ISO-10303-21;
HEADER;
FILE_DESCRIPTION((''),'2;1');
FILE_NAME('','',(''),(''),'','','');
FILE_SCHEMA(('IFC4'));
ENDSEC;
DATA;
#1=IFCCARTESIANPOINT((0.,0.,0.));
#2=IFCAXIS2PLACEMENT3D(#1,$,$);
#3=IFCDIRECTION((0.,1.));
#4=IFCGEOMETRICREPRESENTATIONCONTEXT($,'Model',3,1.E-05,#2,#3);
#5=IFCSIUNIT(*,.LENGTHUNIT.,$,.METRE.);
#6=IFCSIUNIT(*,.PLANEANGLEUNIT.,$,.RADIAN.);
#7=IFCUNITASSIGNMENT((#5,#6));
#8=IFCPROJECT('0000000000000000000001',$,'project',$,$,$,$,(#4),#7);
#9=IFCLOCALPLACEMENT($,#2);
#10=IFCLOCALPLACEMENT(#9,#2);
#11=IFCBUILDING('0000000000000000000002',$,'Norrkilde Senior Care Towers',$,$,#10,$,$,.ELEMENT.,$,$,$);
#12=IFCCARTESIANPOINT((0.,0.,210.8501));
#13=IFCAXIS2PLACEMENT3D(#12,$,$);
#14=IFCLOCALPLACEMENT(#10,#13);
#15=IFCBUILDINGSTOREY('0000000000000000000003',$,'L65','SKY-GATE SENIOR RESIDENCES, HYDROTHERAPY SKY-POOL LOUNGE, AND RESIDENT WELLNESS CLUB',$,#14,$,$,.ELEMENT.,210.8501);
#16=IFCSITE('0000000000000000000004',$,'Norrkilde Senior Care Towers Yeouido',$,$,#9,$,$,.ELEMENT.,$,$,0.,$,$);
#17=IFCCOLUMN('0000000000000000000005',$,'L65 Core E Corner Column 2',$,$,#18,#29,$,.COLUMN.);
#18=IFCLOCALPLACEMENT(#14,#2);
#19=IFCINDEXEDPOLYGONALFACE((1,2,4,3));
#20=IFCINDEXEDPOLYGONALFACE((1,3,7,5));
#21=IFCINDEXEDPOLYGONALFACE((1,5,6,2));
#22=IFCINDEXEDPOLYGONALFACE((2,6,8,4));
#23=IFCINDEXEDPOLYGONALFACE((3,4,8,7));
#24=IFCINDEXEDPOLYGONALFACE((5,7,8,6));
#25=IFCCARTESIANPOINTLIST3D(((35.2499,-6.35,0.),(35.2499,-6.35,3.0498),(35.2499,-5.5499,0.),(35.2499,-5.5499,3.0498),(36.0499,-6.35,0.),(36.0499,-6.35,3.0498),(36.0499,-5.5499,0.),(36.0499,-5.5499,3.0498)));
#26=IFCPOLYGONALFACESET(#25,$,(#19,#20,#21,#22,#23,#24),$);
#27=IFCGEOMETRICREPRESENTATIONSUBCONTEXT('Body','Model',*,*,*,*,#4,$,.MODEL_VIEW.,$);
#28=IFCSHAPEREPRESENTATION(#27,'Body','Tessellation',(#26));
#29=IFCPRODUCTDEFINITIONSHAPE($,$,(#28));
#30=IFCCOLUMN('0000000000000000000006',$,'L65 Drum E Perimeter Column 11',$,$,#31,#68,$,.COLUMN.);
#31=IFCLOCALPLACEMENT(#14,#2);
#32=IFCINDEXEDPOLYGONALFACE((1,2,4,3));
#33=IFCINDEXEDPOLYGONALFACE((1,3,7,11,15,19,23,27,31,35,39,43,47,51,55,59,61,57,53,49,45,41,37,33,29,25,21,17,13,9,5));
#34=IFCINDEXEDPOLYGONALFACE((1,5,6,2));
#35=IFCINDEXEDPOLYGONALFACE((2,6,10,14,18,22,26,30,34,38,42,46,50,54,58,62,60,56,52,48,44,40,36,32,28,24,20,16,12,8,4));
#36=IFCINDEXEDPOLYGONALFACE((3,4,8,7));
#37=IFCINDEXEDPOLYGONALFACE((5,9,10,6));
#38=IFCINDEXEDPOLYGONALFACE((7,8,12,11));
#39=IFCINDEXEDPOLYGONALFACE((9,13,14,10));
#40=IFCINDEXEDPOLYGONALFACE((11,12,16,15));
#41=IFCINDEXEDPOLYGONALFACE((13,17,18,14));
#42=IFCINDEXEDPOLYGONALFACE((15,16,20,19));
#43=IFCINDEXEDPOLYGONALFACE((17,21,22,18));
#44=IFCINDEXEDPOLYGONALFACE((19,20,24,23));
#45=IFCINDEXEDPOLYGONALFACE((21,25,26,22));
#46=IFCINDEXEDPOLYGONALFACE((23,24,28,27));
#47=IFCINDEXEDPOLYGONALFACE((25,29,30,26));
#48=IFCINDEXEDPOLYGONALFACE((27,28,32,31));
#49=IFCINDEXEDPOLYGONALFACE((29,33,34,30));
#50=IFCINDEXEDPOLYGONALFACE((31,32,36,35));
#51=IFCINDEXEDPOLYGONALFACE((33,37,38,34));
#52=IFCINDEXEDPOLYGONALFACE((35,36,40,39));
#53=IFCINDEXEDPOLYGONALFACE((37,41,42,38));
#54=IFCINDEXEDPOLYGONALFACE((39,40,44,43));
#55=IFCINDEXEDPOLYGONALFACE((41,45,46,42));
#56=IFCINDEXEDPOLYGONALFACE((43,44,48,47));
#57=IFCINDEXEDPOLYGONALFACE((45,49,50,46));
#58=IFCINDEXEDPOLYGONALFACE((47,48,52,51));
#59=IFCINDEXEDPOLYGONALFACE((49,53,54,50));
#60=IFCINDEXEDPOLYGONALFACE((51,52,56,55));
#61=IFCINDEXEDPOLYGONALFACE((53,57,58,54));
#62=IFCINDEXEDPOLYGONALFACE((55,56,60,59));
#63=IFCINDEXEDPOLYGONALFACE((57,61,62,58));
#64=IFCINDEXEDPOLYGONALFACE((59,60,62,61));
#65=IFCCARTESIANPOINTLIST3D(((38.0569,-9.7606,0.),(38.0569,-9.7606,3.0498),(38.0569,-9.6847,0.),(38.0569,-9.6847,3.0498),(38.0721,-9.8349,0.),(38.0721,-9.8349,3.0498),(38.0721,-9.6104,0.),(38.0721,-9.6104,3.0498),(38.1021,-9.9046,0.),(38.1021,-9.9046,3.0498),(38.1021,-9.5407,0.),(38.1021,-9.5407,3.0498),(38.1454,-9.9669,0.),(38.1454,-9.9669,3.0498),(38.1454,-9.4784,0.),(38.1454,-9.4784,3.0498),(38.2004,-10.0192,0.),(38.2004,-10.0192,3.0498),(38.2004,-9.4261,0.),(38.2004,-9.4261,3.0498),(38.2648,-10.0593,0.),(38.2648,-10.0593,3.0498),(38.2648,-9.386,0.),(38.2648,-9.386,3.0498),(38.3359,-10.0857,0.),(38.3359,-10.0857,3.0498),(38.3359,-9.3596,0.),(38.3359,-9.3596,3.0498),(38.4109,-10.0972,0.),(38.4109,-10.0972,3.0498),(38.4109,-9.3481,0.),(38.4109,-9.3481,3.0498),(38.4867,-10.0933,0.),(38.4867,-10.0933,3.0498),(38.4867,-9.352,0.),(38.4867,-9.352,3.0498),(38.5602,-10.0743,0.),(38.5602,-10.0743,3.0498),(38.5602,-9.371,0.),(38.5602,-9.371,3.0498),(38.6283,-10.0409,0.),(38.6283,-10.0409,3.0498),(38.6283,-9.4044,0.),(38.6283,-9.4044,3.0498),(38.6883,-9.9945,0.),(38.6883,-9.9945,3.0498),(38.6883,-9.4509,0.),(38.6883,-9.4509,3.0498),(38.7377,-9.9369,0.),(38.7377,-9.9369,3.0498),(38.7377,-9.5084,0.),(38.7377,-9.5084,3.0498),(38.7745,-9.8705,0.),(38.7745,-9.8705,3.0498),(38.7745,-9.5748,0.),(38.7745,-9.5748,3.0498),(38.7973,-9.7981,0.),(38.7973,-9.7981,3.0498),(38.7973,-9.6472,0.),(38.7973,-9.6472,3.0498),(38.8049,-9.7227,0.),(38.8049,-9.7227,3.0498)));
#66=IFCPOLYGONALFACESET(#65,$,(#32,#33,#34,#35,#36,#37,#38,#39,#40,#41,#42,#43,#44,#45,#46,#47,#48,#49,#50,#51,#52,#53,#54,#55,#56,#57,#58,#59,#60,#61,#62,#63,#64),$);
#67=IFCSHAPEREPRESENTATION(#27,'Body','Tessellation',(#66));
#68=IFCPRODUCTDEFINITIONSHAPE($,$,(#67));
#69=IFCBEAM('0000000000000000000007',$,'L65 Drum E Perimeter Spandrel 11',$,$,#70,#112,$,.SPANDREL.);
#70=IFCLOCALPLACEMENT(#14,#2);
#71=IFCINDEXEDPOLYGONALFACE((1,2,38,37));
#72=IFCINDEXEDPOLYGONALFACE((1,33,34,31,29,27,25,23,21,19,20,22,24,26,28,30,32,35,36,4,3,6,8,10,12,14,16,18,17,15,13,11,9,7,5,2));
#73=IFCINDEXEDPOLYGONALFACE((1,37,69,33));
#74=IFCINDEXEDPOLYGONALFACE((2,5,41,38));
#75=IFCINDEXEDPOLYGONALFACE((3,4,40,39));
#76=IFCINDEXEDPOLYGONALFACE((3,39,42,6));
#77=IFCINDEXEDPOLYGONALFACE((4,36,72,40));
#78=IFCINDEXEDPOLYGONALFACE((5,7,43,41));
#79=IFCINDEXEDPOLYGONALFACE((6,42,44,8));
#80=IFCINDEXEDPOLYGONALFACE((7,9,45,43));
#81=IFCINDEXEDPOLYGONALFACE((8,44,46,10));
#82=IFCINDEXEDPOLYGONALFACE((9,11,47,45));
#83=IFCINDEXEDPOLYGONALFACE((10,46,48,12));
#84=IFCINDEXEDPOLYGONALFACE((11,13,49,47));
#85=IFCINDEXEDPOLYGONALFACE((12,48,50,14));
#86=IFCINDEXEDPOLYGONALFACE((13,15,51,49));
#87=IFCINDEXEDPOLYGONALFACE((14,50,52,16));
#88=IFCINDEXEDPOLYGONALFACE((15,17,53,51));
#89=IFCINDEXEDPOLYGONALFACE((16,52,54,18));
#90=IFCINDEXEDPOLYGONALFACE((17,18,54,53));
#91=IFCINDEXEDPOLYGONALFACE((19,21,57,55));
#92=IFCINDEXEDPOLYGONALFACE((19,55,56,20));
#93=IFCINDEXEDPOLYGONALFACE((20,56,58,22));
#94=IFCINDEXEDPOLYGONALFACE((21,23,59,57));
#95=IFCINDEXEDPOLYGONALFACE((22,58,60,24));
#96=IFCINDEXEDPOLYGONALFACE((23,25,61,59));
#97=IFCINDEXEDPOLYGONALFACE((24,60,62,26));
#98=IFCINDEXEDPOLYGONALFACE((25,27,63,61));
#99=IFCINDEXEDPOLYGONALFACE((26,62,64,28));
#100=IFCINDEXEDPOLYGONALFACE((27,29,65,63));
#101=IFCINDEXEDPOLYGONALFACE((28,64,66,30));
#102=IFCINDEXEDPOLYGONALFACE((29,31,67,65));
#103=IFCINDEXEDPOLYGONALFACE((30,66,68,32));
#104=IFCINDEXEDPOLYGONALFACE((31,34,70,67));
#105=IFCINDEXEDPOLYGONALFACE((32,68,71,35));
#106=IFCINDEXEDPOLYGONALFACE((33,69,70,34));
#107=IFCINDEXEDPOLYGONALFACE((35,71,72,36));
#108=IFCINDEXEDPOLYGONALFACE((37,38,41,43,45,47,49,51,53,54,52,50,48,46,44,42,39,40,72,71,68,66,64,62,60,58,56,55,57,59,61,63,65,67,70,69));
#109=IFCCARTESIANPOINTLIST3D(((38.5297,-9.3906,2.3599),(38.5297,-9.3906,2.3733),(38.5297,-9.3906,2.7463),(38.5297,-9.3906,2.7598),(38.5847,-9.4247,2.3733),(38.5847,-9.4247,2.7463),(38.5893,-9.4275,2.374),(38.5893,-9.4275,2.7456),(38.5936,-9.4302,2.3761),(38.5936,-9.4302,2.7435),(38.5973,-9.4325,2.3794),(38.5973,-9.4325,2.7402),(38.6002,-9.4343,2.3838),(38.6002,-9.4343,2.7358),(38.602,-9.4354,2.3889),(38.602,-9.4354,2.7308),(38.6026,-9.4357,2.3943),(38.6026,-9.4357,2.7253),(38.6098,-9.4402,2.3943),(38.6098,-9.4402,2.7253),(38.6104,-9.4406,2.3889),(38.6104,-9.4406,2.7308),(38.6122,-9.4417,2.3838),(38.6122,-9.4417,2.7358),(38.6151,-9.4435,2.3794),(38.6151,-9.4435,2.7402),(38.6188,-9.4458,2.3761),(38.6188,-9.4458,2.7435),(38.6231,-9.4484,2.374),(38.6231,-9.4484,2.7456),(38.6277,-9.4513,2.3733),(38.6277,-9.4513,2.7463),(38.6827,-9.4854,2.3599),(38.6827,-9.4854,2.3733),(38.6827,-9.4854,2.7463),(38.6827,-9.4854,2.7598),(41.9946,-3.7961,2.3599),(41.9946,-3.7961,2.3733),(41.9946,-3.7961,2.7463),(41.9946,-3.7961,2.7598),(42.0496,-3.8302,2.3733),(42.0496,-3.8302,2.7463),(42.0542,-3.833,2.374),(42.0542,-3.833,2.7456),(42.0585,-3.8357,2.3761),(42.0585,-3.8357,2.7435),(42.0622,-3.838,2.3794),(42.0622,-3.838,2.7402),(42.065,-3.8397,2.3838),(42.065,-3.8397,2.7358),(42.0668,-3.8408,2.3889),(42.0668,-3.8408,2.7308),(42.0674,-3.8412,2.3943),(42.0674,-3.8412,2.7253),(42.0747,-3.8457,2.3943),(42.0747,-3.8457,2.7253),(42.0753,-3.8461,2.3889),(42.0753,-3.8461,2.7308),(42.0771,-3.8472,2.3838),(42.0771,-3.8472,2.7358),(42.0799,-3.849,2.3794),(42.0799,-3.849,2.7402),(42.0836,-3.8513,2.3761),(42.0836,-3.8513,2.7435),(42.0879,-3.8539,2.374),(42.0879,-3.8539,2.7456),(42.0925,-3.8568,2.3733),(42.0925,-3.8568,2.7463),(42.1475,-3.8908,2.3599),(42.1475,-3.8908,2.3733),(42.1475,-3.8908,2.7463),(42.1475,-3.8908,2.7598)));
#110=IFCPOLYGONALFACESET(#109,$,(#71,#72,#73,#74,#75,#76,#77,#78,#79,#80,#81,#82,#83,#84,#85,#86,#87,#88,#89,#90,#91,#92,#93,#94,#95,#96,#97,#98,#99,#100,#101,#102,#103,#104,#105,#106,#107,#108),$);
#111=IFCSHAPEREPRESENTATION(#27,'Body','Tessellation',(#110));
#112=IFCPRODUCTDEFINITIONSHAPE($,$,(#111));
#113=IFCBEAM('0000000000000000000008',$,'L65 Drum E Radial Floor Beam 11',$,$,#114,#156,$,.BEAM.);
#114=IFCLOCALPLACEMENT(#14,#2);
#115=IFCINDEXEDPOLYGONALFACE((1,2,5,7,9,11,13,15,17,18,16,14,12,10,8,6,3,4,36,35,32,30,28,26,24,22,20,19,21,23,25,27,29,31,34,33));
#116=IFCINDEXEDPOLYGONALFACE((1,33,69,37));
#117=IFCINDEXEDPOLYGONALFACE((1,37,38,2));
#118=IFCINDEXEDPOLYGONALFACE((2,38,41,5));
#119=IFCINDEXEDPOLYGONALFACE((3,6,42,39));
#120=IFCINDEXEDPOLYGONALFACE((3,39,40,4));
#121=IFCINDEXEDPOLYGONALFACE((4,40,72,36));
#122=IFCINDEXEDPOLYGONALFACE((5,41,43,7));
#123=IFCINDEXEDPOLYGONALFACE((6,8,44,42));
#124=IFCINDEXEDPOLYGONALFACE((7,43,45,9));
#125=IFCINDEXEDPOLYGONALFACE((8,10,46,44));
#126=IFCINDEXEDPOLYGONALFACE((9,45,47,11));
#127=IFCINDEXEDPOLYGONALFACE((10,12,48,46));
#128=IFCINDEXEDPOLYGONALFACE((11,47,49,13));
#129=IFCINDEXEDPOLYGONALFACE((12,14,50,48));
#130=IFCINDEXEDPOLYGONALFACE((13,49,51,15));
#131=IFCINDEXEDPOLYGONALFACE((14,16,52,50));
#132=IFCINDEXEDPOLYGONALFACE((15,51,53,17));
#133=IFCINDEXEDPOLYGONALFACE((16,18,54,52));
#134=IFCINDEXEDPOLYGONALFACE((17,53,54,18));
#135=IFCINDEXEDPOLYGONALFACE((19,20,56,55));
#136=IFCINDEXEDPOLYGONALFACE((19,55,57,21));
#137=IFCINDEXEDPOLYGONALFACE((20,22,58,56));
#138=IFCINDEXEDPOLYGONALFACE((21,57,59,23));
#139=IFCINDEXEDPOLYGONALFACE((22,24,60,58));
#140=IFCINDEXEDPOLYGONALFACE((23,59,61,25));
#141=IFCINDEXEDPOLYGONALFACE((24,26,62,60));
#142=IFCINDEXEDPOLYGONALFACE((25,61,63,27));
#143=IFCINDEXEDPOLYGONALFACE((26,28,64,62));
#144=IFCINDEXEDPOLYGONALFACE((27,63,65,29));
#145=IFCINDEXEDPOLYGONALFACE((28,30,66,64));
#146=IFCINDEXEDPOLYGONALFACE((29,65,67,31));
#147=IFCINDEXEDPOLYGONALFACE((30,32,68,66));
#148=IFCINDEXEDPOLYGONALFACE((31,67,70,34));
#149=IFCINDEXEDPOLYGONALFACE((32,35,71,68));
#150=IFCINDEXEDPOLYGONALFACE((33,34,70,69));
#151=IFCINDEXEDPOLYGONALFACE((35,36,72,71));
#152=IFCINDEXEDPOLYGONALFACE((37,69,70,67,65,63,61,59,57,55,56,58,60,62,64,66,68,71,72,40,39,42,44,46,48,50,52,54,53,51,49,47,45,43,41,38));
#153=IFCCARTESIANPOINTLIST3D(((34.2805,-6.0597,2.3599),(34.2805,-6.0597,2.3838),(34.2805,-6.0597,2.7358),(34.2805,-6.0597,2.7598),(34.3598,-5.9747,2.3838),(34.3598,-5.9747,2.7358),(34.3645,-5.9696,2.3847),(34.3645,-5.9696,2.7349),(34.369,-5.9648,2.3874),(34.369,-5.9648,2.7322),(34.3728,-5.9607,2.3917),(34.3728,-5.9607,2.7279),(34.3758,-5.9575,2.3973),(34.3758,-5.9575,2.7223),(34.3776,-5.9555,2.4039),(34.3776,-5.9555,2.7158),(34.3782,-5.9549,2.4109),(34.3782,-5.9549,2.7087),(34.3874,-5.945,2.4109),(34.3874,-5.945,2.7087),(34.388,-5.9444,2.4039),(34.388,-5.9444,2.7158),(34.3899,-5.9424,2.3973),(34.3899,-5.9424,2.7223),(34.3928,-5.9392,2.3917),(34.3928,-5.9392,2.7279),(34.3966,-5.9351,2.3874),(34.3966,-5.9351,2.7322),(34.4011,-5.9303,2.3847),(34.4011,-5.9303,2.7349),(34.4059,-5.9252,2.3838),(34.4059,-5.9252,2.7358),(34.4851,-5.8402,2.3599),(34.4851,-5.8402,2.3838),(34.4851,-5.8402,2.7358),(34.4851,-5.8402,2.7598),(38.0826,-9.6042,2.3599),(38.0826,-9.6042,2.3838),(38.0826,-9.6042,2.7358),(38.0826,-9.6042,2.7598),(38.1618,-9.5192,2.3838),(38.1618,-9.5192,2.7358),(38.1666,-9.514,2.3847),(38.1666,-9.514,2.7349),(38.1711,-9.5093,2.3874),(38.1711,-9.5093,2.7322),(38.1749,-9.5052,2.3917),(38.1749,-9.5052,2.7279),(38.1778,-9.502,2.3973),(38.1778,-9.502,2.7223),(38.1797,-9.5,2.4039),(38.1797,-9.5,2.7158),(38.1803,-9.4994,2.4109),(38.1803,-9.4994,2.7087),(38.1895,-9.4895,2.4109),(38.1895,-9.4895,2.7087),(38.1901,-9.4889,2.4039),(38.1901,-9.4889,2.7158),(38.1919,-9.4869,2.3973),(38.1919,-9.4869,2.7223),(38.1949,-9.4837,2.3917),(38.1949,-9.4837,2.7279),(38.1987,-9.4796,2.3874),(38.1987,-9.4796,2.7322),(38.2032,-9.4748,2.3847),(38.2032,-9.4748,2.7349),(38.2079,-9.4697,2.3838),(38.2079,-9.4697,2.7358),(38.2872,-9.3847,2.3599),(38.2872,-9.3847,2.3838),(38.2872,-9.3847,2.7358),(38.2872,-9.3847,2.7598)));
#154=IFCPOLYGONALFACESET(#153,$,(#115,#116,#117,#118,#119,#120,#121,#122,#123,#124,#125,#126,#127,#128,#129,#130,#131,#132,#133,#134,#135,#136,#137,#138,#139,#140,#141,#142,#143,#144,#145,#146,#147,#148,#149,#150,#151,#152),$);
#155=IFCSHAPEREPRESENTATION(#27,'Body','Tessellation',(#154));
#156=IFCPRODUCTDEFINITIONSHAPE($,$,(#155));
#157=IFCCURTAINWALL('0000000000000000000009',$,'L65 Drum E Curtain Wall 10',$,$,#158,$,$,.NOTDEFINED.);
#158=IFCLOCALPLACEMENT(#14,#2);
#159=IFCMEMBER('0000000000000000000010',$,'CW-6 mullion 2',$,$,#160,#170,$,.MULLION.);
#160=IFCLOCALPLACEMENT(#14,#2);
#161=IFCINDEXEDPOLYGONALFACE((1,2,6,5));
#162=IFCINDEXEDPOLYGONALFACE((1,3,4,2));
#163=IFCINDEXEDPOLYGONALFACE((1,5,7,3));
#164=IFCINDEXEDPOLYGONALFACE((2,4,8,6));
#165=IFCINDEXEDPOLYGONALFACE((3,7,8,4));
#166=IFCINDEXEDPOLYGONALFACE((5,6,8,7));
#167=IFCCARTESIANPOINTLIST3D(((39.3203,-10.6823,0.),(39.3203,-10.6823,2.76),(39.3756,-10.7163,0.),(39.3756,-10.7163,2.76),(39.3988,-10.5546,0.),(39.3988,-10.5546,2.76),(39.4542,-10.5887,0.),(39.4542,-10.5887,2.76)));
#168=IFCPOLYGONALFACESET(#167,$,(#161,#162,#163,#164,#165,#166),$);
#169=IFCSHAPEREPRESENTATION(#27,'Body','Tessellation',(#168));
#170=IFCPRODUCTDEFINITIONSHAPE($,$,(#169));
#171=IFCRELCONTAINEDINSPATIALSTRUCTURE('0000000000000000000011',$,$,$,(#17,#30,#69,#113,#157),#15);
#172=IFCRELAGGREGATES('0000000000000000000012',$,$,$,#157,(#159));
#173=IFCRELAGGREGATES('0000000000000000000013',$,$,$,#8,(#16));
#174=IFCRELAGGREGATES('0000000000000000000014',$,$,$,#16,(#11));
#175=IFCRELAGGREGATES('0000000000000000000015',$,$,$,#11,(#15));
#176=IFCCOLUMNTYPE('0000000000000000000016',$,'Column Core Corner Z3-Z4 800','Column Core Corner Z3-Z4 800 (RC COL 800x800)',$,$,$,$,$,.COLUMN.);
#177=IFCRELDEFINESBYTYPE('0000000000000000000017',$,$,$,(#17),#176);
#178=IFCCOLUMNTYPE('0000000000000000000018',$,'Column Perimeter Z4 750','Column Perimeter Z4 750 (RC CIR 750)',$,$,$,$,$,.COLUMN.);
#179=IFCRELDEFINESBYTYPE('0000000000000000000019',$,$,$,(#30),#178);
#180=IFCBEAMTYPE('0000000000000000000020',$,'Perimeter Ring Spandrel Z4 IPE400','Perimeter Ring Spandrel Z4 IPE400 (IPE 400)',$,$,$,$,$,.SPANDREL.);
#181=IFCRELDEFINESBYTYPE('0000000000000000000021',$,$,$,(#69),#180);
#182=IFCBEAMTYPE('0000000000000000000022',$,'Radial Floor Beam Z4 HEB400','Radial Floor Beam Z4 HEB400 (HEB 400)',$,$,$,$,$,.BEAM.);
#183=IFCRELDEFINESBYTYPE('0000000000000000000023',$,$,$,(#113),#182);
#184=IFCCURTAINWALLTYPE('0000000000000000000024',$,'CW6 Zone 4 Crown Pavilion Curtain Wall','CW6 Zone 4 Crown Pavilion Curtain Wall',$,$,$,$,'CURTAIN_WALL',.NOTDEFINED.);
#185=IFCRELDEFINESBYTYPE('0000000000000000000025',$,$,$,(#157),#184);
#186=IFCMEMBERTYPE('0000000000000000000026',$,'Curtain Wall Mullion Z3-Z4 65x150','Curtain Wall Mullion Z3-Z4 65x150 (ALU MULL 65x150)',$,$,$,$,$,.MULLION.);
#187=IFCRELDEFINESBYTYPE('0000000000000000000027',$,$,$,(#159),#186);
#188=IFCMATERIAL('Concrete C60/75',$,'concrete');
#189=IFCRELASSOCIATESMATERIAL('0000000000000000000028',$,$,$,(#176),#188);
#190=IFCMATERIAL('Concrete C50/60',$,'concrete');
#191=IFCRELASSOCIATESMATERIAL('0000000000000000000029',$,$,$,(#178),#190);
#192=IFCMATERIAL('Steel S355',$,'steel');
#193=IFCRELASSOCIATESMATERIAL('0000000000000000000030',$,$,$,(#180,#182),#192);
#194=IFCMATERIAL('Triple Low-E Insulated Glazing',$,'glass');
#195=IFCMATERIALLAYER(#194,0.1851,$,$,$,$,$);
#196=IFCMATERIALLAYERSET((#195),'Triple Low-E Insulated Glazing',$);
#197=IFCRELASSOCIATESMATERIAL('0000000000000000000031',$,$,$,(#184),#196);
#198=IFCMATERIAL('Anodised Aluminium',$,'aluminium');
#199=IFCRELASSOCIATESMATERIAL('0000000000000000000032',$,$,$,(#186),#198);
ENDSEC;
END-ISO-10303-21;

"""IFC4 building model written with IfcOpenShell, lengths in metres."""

from ifc_helpers import new_model, si_unit, direction, frame, origin, origin_2d, place, context, subcontext, project, spatial, rectangle, circle, i_section, extrude, source, transform, mapped, material, layer, layer_set, material_profile, profile_set, type_object, type_shapes, element, aggregate, save


model = new_model("IFC4")

# Units and contexts
model_context = context("Model", 3, precision=1e-05, world=origin(), true_north=direction((0.0, 1.0)))
body_context = subcontext(model_context, "Body", "Model", "MODEL_VIEW")
ifc_project = project(units=[si_unit("LENGTHUNIT", "METRE"), si_unit("PLANEANGLEUNIT", "RADIAN")], contexts=[model_context])

# Site, building, storey
site_placement = place(None, origin())
site = spatial("IfcSite", under=ifc_project, at=site_placement, Name="Norrkilde Senior Care Towers Yeouido", CompositionType="ELEMENT", RefElevation=0.0)
building_placement = place(site_placement, origin())
building = spatial("IfcBuilding", under=site, at=building_placement, Name="Norrkilde Senior Care Towers", CompositionType="ELEMENT")
storey_placement = place(building_placement, frame((0.0, 0.0, 210.8501)))
storey = spatial("IfcBuildingStorey", under=building, at=storey_placement, Name="L65", Description="SKY-GATE SENIOR RESIDENCES, HYDROTHERAPY SKY-POOL LOUNGE, AND RESIDENT WELLNESS CLUB", CompositionType="ELEMENT", Elevation=210.8501)

# Columns
ifc_material_1 = material(Name="Concrete C60/75", Category="concrete")
ifc_material_profile_1 = material_profile(ifc_material_1, rectangle(XDim=0.8, YDim=0.8, at=origin_2d()), Name="RC COL 800x800")
ifc_profile_set_1 = profile_set([ifc_material_profile_1], Name="Concrete C60/75")
column_type_1 = type_object("IfcColumnType", Name="Column Core Corner Z3-Z4 800", Description="Column Core Corner Z3-Z4 800 (RC COL 800x800)", PredefinedType="COLUMN", material=ifc_profile_set_1)
shared_shape_1 = source(origin(), body_context, "Body", "SweptSolid", [
    extrude(rectangle(XDim=0.8, YDim=0.8, at=origin_2d()), origin(), (0.0, 0.0, 1.0), 3.0498),
])
type_shapes(column_type_1, [shared_shape_1])
column_1_placement = place(storey_placement, frame((35.6499, -5.95, 0.0), z_axis=(0.0, 0.0, 1.0), x_axis=(1.0, 0.0, 0.0)))
element("IfcColumn", 1, at=column_1_placement, inside=storey, type_object=column_type_1, Name="L65 Core E Corner Column 2", PredefinedType="COLUMN", context=body_context, shape_type="MappedRepresentation", body=[
    mapped(shared_shape_1, transform((0.0, 0.0, 0.0), x_axis=(1.0, 0.0, 0.0), y_axis=(0.0, 1.0, 0.0), z_axis=(0.0, 0.0, 1.0), scale=1.0)),
])
ifc_material_2 = material(Name="Concrete C50/60", Category="concrete")
ifc_material_profile_2 = material_profile(ifc_material_2, circle(Radius=0.375, at=origin_2d()), Name="RC CIR 750")
ifc_profile_set_2 = profile_set([ifc_material_profile_2], Name="Concrete C50/60")
column_type_2 = type_object("IfcColumnType", Name="Column Perimeter Z4 750", Description="Column Perimeter Z4 750 (RC CIR 750)", PredefinedType="COLUMN", material=ifc_profile_set_2)
shared_shape_2 = source(origin(), body_context, "Body", "SweptSolid", [
    extrude(circle(Radius=0.375, at=origin_2d()), origin(), (0.0, 0.0, 1.0), 3.0498),
])
type_shapes(column_type_2, [shared_shape_2])
column_2_placement = place(storey_placement, frame((38.4299, -9.7227, 0.0), z_axis=(0.0, 0.0, 1.0), x_axis=(1.0, 0.0, 0.0)))
element("IfcColumn", 2, at=column_2_placement, inside=storey, type_object=column_type_2, Name="L65 Drum E Perimeter Column 11", PredefinedType="COLUMN", context=body_context, shape_type="MappedRepresentation", body=[
    mapped(shared_shape_2, transform((0.0, 0.0, 0.0), x_axis=(1.0, 0.0, 0.0), y_axis=(0.0, 1.0, 0.0), z_axis=(0.0, 0.0, 1.0), scale=1.0)),
])

# Beams
ifc_material_3 = material(Name="Steel S355", Category="steel")
ifc_material_profile_3 = material_profile(ifc_material_3, i_section(OverallWidth=0.1799, OverallDepth=0.3999, WebThickness=0.0085, FlangeThickness=0.0134, FilletRadius=0.021, at=origin_2d()), Name="IPE 400")
ifc_profile_set_3 = profile_set([ifc_material_profile_3], Name="Steel S355")
beam_type_1 = type_object("IfcBeamType", Name="Perimeter Ring Spandrel Z4 IPE400", Description="Perimeter Ring Spandrel Z4 IPE400 (IPE 400)", PredefinedType="SPANDREL", material=ifc_profile_set_3)
shared_shape_3 = source(origin(), body_context, "Body", "SweptSolid", [
    extrude(i_section(OverallWidth=0.1799, OverallDepth=0.3999, WebThickness=0.0085, FlangeThickness=0.0134, FilletRadius=0.021, at=origin_2d()), origin(), (0.0, 0.0, 1.0), 6.5806),
])
type_shapes(beam_type_1, [shared_shape_3])
beam_1_placement = place(storey_placement, frame((38.6062, -9.438, 2.5598), z_axis=(0.52653, 0.850157, 0.0), x_axis=(-0.850157, 0.52653, 0.0)))
element("IfcBeam", 3, at=beam_1_placement, inside=storey, type_object=beam_type_1, Name="L65 Drum E Perimeter Spandrel 11", PredefinedType="SPANDREL", context=body_context, shape_type="MappedRepresentation", body=[
    mapped(shared_shape_3, transform((0.0, 0.0, 0.0), x_axis=(1.0, 0.0, 0.0), y_axis=(0.0, 1.0, 0.0), z_axis=(0.0, 0.0, 1.0), scale=1.0)),
])
ifc_material_profile_4 = material_profile(ifc_material_3, i_section(OverallWidth=0.3, OverallDepth=0.3999, WebThickness=0.0134, FlangeThickness=0.0239, FilletRadius=0.0271, at=origin_2d()), Name="HEB 400")
ifc_profile_set_4 = profile_set([ifc_material_profile_4], Name="Steel S355")
beam_type_2 = type_object("IfcBeamType", Name="Radial Floor Beam Z4 HEB400", Description="Radial Floor Beam Z4 HEB400 (HEB 400)", PredefinedType="BEAM", material=ifc_profile_set_4)
shared_shape_4 = source(origin(), body_context, "Body", "SweptSolid", [
    extrude(i_section(OverallWidth=0.3, OverallDepth=0.3999, WebThickness=0.0134, FlangeThickness=0.0239, FilletRadius=0.0271, at=origin_2d()), origin(), (0.0, 0.0, 1.0), 5.198),
])
type_shapes(beam_type_2, [shared_shape_4])
beam_2_placement = place(storey_placement, frame((34.3828, -5.95, 2.5598), z_axis=(0.731449, -0.681896, 0.0), x_axis=(0.681896, 0.731449, 0.0)))
element("IfcBeam", 4, at=beam_2_placement, inside=storey, type_object=beam_type_2, Name="L65 Drum E Radial Floor Beam 11", PredefinedType="BEAM", context=body_context, shape_type="MappedRepresentation", body=[
    mapped(shared_shape_4, transform((0.0, 0.0, 0.0), x_axis=(1.0, 0.0, 0.0), y_axis=(0.0, 1.0, 0.0), z_axis=(0.0, 0.0, 1.0), scale=1.0)),
])

# Curtain wall, member
ifc_material_4 = material(Name="Triple Low-E Insulated Glazing", Category="glass")
ifc_layer_1 = layer(ifc_material_4, 0.1851)
ifc_layer_set_1 = layer_set([ifc_layer_1], Name="Triple Low-E Insulated Glazing")
curtain_wall_type = type_object("IfcCurtainWallType", Name="CW6 Zone 4 Crown Pavilion Curtain Wall", Description="CW6 Zone 4 Crown Pavilion Curtain Wall", ElementType="CURTAIN_WALL", PredefinedType="NOTDEFINED", material=ifc_layer_set_1)
curtain_wall_placement = place(storey_placement, origin())
curtain_wall = element("IfcCurtainWall", 5, at=curtain_wall_placement, inside=storey, type_object=curtain_wall_type, Name="L65 Drum E Curtain Wall 10", PredefinedType="NOTDEFINED")
ifc_material_5 = material(Name="Anodised Aluminium", Category="aluminium")
ifc_material_profile_5 = material_profile(ifc_material_5, rectangle(XDim=0.0649, YDim=0.1499, at=origin_2d()), Name="ALU MULL 65x150")
ifc_profile_set_5 = profile_set([ifc_material_profile_5], Name="Anodised Aluminium")
member_type = type_object("IfcMemberType", Name="Curtain Wall Mullion Z3-Z4 65x150", Description="Curtain Wall Mullion Z3-Z4 65x150 (ALU MULL 65x150)", PredefinedType="MULLION", material=ifc_profile_set_5)
shared_shape_5 = source(origin(), body_context, "Body", "SweptSolid", [
    extrude(rectangle(XDim=0.0649, YDim=0.1499, at=origin_2d()), origin(), (0.0, 0.0, 1.0), 2.76),
])
type_shapes(member_type, [shared_shape_5])
member_placement = place(storey_placement, frame((39.3872, -10.6355, 0.0), z_axis=(0.0, 0.0, 1.0), x_axis=(0.851563, -0.524253, 0.0)))
member = element("IfcMember", 6, at=member_placement, type_object=member_type, Name="CW-6 mullion 2", PredefinedType="MULLION", context=body_context, shape_type="MappedRepresentation", body=[
    mapped(shared_shape_5, transform((0.0, 0.0, 0.0), x_axis=(1.0, 0.0, 0.0), y_axis=(0.0, 1.0, 0.0), z_axis=(0.0, 0.0, 1.0), scale=1.0)),
])
aggregate(curtain_wall, [member])

save(model, "model.ifc")
